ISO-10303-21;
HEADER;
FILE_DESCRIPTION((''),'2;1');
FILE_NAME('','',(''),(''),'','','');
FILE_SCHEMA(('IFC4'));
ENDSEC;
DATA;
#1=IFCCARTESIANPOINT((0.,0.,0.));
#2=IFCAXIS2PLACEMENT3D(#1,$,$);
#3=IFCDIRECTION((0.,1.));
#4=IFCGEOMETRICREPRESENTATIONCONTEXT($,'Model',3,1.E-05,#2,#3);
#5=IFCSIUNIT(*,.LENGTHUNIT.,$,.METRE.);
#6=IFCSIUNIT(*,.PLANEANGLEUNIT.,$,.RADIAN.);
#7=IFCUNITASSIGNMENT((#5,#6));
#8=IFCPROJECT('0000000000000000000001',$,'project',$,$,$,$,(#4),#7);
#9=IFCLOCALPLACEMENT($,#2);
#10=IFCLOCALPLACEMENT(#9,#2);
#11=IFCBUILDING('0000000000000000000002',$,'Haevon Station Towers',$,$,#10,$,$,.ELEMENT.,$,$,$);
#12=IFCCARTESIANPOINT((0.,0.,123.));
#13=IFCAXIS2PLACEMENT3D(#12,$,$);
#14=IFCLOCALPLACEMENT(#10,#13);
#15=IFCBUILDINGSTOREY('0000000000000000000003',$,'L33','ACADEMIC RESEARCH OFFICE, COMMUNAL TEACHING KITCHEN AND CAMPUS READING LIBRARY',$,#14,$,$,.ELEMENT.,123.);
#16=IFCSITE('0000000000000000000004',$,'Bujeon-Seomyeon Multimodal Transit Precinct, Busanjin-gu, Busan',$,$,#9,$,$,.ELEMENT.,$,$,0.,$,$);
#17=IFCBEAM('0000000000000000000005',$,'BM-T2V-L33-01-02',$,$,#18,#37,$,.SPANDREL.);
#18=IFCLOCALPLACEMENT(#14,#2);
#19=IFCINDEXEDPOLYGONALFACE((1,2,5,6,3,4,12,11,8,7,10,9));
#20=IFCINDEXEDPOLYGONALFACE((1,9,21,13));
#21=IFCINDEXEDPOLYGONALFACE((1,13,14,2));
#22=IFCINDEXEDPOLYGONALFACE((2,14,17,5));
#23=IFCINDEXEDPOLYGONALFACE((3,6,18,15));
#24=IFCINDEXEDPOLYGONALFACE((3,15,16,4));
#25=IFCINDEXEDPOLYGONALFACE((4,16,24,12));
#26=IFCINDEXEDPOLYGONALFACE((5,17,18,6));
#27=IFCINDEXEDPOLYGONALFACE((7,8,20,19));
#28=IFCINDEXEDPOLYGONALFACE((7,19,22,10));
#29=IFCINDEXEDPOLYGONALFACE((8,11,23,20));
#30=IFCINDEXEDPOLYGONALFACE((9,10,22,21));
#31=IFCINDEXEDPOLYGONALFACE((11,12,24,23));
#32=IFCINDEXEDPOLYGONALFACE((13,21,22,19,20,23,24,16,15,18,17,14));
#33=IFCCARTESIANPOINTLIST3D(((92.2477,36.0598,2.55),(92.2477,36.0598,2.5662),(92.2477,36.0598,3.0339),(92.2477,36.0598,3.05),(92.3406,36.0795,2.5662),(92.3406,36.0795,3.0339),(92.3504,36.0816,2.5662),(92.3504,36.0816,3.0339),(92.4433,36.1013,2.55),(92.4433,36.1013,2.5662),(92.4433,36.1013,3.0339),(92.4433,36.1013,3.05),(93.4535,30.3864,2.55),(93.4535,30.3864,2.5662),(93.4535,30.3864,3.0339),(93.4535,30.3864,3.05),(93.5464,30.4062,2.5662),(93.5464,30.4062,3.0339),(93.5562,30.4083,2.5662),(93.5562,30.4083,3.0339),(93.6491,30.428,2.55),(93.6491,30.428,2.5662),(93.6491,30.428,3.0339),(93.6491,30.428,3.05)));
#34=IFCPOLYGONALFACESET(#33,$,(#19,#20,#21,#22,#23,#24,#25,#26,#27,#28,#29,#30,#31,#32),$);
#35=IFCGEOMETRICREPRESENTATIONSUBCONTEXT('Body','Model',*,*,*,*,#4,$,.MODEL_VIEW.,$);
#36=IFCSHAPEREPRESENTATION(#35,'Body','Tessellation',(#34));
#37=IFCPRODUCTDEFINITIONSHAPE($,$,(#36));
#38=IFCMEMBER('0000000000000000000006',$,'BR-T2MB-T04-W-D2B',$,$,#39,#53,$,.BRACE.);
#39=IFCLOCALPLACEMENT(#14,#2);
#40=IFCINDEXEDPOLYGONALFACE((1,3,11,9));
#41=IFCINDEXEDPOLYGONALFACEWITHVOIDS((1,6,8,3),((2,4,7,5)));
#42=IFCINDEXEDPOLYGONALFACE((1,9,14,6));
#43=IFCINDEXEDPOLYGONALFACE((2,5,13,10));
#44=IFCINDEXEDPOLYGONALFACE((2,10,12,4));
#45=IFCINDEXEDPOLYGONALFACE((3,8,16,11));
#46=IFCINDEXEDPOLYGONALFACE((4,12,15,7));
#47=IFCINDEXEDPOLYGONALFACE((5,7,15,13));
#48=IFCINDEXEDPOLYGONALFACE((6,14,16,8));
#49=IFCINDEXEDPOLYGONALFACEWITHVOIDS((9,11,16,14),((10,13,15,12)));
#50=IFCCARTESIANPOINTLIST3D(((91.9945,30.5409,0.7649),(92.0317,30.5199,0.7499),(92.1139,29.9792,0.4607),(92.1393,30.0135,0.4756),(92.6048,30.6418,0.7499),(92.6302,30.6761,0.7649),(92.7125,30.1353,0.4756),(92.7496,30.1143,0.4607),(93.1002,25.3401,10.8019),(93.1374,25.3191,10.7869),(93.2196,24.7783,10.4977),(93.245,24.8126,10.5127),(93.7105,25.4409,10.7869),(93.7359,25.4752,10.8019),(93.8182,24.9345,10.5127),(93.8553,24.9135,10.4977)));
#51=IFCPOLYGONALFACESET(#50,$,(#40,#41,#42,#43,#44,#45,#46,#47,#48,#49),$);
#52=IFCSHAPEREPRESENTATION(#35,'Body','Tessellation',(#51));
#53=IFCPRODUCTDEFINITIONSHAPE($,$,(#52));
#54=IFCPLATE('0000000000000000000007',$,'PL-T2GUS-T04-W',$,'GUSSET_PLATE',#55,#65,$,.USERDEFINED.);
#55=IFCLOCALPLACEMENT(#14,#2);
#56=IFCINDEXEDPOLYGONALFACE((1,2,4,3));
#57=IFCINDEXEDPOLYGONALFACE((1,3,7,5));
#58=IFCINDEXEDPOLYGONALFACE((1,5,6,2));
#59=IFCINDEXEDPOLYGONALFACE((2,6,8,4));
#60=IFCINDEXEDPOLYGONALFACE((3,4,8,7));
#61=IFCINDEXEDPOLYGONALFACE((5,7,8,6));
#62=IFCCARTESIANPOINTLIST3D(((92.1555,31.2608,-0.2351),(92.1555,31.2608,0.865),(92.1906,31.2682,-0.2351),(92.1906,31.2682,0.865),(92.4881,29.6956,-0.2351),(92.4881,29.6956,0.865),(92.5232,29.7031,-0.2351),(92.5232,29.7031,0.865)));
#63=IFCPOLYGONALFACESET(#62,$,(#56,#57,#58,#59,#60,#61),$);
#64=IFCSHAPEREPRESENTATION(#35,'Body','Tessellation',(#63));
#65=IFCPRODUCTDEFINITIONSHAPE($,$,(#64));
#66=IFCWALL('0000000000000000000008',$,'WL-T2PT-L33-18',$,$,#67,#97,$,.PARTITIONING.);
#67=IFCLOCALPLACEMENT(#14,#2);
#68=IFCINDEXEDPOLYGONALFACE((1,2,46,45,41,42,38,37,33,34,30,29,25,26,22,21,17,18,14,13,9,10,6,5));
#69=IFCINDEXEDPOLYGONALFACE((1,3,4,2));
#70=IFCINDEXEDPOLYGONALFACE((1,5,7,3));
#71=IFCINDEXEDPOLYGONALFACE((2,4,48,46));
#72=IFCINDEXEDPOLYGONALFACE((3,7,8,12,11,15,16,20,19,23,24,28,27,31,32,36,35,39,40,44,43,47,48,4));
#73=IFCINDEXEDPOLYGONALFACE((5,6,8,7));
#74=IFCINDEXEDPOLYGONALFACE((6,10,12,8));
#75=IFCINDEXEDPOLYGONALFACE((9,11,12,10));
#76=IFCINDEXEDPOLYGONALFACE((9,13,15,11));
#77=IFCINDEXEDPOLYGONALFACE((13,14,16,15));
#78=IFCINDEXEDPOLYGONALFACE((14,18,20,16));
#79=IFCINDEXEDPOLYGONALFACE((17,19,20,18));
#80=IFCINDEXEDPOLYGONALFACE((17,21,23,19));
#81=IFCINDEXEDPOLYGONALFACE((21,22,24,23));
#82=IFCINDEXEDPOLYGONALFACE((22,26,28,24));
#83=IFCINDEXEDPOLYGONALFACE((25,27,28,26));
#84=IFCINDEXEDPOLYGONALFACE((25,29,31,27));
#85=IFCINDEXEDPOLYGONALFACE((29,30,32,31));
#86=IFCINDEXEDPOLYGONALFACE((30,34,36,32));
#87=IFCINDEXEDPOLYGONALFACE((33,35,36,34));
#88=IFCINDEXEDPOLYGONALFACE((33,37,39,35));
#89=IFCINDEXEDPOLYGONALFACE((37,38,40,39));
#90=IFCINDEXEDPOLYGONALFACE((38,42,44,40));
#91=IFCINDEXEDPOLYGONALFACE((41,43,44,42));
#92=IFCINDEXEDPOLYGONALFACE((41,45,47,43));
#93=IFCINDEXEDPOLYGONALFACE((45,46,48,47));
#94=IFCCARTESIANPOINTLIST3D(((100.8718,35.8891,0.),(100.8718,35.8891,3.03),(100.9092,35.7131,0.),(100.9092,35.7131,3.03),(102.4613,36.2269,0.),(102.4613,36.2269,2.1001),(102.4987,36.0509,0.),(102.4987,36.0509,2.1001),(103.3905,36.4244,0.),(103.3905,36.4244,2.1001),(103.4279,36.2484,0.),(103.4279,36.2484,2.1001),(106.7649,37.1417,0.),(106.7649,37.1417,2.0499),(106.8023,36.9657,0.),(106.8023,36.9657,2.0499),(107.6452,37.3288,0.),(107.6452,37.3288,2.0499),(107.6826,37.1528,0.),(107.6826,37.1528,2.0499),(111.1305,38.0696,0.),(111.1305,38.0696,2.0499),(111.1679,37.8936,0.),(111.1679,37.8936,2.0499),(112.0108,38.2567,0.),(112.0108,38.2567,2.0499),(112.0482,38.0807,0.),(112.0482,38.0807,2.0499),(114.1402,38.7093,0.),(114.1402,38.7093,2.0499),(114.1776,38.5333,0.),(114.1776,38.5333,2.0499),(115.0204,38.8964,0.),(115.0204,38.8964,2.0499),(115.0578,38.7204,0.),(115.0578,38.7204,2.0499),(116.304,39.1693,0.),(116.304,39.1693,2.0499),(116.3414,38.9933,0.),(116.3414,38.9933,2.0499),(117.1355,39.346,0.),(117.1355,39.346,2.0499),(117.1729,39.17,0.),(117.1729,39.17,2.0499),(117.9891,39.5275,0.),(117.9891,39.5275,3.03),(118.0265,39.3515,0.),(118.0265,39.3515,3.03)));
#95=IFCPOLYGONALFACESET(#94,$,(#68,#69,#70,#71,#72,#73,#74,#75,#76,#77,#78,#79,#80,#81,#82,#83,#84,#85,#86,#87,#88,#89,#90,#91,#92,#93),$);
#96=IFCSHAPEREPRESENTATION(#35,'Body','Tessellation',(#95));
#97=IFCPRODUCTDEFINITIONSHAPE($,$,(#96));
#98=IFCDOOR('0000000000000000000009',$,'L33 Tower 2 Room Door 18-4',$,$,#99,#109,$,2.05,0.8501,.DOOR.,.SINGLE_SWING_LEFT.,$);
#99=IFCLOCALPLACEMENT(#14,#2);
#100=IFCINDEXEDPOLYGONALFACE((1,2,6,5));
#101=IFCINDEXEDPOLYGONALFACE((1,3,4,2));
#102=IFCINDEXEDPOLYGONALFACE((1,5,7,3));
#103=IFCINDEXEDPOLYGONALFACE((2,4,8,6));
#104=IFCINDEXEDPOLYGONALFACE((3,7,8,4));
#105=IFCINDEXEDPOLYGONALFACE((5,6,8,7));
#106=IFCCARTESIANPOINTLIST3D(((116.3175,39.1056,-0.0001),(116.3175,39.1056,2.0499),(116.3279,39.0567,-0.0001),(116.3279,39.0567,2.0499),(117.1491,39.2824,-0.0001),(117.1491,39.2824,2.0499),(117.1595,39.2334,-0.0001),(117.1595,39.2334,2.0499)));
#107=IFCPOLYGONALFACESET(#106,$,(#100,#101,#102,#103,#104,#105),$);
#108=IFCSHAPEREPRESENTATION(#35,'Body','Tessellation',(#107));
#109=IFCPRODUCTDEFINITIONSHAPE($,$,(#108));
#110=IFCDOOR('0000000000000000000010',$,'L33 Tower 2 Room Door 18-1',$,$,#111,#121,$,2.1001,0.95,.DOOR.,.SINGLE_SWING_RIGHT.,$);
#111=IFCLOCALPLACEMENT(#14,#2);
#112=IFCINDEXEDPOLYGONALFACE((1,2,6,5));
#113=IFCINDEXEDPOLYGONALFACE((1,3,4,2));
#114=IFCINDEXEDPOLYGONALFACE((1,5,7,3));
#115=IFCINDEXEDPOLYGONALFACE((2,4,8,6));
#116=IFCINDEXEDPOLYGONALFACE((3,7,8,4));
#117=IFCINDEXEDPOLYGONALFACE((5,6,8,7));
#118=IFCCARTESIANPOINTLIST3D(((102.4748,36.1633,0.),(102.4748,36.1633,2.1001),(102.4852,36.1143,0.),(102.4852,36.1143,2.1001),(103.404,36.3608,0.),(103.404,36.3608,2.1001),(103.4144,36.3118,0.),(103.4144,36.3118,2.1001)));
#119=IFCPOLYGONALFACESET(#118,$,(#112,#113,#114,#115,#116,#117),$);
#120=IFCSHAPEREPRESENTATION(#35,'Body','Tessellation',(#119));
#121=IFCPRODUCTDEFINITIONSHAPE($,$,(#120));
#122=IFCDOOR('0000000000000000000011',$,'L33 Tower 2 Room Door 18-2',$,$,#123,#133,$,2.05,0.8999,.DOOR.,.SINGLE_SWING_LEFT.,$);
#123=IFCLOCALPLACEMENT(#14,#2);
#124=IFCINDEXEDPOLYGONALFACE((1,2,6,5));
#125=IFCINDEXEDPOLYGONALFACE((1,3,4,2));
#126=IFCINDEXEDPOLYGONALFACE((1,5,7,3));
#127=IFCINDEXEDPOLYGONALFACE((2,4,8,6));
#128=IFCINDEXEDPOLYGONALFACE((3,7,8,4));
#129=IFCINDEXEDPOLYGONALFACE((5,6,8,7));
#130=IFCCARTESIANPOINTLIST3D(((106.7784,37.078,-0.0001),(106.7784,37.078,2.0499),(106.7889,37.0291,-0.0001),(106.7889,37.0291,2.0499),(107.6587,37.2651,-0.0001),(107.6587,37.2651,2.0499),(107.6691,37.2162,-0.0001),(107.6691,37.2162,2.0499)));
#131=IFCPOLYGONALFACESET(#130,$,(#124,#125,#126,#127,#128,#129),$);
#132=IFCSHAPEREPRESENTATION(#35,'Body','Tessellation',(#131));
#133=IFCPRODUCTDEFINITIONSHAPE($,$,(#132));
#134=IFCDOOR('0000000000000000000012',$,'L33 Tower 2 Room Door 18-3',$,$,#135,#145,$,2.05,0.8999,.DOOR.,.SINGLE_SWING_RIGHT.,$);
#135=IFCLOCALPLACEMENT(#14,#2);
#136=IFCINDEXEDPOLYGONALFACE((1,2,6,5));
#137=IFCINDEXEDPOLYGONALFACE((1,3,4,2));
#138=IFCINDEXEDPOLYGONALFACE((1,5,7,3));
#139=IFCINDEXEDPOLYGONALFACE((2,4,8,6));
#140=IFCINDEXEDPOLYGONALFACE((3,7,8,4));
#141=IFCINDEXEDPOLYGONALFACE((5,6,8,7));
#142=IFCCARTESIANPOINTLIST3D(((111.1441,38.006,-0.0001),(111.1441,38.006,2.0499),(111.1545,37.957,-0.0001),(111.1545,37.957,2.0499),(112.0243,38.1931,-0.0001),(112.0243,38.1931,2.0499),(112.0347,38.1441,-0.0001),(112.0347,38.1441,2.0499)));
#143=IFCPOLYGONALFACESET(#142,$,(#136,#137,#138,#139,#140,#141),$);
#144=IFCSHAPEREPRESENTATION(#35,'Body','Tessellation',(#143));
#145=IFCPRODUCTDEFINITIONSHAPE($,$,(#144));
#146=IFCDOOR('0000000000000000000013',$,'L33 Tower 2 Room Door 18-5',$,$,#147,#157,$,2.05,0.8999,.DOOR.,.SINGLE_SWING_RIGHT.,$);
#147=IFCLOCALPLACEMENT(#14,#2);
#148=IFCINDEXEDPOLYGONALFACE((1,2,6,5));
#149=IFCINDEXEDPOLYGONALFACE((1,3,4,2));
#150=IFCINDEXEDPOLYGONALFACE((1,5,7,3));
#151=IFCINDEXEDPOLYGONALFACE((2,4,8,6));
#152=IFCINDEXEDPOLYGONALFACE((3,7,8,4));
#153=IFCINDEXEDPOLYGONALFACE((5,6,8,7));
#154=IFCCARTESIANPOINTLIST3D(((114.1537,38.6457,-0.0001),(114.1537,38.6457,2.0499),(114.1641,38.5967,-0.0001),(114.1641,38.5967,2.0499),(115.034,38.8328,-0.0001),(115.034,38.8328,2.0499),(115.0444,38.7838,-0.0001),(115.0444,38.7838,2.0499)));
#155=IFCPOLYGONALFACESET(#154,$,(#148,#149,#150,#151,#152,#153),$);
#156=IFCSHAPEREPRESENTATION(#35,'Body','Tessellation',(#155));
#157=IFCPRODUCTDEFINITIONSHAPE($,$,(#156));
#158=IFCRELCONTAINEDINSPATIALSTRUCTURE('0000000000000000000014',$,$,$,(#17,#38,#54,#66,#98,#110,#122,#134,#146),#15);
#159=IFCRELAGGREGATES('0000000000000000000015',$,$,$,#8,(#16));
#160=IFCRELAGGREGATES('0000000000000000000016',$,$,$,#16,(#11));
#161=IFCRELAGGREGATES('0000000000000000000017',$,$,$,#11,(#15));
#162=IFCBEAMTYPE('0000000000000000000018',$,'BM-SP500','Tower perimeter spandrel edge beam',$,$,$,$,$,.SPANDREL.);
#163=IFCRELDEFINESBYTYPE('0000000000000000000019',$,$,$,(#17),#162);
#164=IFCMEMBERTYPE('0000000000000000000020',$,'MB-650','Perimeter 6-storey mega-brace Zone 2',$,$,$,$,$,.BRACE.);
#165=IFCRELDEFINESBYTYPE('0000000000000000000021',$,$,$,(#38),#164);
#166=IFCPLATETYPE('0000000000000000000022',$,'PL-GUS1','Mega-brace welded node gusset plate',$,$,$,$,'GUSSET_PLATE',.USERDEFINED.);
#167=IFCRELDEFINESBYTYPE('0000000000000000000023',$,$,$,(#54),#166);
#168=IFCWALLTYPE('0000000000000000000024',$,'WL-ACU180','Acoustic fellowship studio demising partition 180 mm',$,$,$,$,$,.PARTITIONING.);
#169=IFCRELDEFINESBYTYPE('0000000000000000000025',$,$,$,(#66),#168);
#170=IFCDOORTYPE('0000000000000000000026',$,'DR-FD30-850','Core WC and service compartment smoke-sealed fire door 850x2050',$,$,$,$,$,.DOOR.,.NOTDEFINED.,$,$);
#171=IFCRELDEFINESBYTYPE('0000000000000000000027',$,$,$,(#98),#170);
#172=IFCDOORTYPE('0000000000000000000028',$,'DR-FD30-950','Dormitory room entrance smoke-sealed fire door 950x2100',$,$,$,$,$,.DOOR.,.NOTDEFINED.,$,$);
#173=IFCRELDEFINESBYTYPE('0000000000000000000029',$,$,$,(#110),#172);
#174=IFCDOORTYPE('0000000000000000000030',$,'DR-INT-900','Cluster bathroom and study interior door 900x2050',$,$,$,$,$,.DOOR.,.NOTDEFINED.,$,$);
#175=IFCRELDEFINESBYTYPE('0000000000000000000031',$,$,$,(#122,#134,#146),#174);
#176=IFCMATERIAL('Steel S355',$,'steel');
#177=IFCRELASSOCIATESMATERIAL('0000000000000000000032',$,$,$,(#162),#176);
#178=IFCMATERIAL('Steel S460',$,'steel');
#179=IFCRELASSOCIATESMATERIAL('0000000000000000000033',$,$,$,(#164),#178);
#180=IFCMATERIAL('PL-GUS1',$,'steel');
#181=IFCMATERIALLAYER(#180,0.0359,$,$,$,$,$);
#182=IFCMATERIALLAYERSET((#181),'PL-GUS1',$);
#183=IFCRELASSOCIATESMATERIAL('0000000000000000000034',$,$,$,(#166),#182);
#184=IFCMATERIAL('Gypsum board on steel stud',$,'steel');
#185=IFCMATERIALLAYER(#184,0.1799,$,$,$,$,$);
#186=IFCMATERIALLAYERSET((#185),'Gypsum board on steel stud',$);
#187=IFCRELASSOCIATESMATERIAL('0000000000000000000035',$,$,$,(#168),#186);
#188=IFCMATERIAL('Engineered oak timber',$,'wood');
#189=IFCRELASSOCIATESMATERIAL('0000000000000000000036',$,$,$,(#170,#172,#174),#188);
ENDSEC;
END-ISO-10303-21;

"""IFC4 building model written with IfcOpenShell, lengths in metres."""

from ifc_helpers import new_model, si_unit, direction, frame, frame_2d, origin, origin_2d, place, context, subcontext, project, spatial, rectangle, hollow_rectangle, i_section, extrude, material, layer, layer_set, material_profile, profile_set, type_object, element, fill, save


model = new_model("IFC4")

# Units and contexts
model_context = context("Model", 3, precision=1e-05, world=origin(), true_north=direction((0.0, 1.0)))
body_context = subcontext(model_context, "Body", "Model", "MODEL_VIEW")
ifc_project = project(units=[si_unit("LENGTHUNIT", "METRE"), si_unit("PLANEANGLEUNIT", "RADIAN")], contexts=[model_context])

# Site, building, storey
site_placement = place(None, origin())
site = spatial("IfcSite", under=ifc_project, at=site_placement, Name="Bujeon-Seomyeon Multimodal Transit Precinct, Busanjin-gu, Busan", CompositionType="ELEMENT", RefElevation=0.0)
building_placement = place(site_placement, origin())
building = spatial("IfcBuilding", under=site, at=building_placement, Name="Haevon Station Towers", CompositionType="ELEMENT")
storey_placement = place(building_placement, frame((0.0, 0.0, 123.0)))
storey = spatial("IfcBuildingStorey", under=building, at=storey_placement, Name="L33", Description="ACADEMIC RESEARCH OFFICE, COMMUNAL TEACHING KITCHEN AND CAMPUS READING LIBRARY", CompositionType="ELEMENT", Elevation=123.0)

# Shared definitions
ifc_material_1 = material(Name="Steel S460", Category="steel")

# Beam
ifc_material_2 = material(Name="Steel S355", Category="steel")
ifc_material_profile_1 = material_profile(ifc_material_2, i_section(OverallWidth=0.2, OverallDepth=0.5, WebThickness=0.01, FlangeThickness=0.0161, at=origin_2d()), Name="H-500x200x10x16")
ifc_profile_set_1 = profile_set([ifc_material_profile_1], Name="Steel S355")
beam_type_1 = type_object("IfcBeamType", Name="BM-SP500", Description="Tower perimeter spandrel edge beam", PredefinedType="SPANDREL", material=ifc_profile_set_1)
beam_1_placement = place(storey_placement, frame((93.5513, 30.4072, 2.8), z_axis=(-0.207896, 0.978151, 0.0), x_axis=(-0.978151, -0.207896, 0.0)))
element("IfcBeam", 1, at=beam_1_placement, inside=storey, type_object=beam_type_1, Name="BM-T2V-L33-01-02", PredefinedType="SPANDREL", context=body_context, shape_type="SweptSolid", body=[
    extrude(i_section(OverallWidth=0.2, OverallDepth=0.5, WebThickness=0.01, FlangeThickness=0.0161, at=origin_2d()), origin(), (0.0, 0.0, 1.0), 5.8),
])

# Member
ifc_material_profile_2 = material_profile(ifc_material_1, hollow_rectangle(XDim=0.6499, YDim=0.6499, WallThickness=0.032, at=origin_2d()), Name="RHS-650x650x32")
ifc_profile_set_2 = profile_set([ifc_material_profile_2], Name="Steel S460")
member_type = type_object("IfcMemberType", Name="MB-650", Description="Perimeter 6-storey mega-brace Zone 2", PredefinedType="BRACE", material=ifc_profile_set_2)
member_placement = place(storey_placement, frame((92.3721, 30.3276, 0.6128), z_axis=(0.097347, -0.457888, 0.883664), x_axis=(0.978139, 0.207952, 0.0)))
element("IfcMember", 2, at=member_placement, inside=storey, type_object=member_type, Name="BR-T2MB-T04-W-D2B", PredefinedType="BRACE", context=body_context, shape_type="SweptSolid", body=[
    extrude(hollow_rectangle(XDim=0.6499, YDim=0.6499, WallThickness=0.032, at=origin_2d()), origin(), (0.0, 0.0, 1.0), 11.3584),
])

# Plate
ifc_material_3 = material(Name="PL-GUS1", Category="steel")
ifc_layer_1 = layer(ifc_material_3, 0.0359)
ifc_layer_set_1 = layer_set([ifc_layer_1], Name="PL-GUS1")
plate_type = type_object("IfcPlateType", Name="PL-GUS1", Description="Mega-brace welded node gusset plate", ElementType="GUSSET_PLATE", PredefinedType="USERDEFINED", material=ifc_layer_set_1)
plate_placement = place(storey_placement, frame((92.3394, 30.4819, -0.2351), z_axis=(0.0, 0.0, 1.0), x_axis=(-0.207912, 0.978148, 0.0)))
element("IfcPlate", 3, at=plate_placement, inside=storey, type_object=plate_type, Name="PL-T2GUS-T04-W", ObjectType="GUSSET_PLATE", PredefinedType="USERDEFINED", context=body_context, shape_type="SweptSolid", body=[
    extrude(rectangle(XDim=1.6001, YDim=0.0359, at=origin_2d()), origin(), (0.0, 0.0, 1.0), 1.1001),
])

# Wall, openings, doors
ifc_material_4 = material(Name="Gypsum board on steel stud", Category="steel")
ifc_layer_2 = layer(ifc_material_4, 0.1799)
ifc_layer_set_2 = layer_set([ifc_layer_2], Name="Gypsum board on steel stud")
wall_type = type_object("IfcWallType", Name="WL-ACU180", Description="Acoustic fellowship studio demising partition 180 mm", PredefinedType="PARTITIONING", material=ifc_layer_set_2)
wall_placement = place(storey_placement, frame((100.8904, 35.801, 0.0), z_axis=(0.0, 0.0, 1.0), x_axis=(0.978148, 0.207912, 0.0)))
wall = element("IfcWall", 4, at=wall_placement, inside=storey, type_object=wall_type, Name="WL-T2PT-L33-18", PredefinedType="PARTITIONING", context=body_context, shape_type="SweptSolid", body=[
    extrude(rectangle(XDim=17.4998, YDim=0.1799, at=frame_2d((8.75, 0.0))), origin(), (0.0, 0.0, 1.0), 3.03),
])
opening_1_placement = place(wall_placement, frame((1.625, 0.0, 0.0)))
opening_1 = element("IfcOpeningElement", 5, at=opening_1_placement, cuts=wall, PredefinedType="OPENING", context=body_context, shape_type="SweptSolid", body=[
    extrude(rectangle(XDim=0.95, YDim=2.1001, at=frame_2d((0.4751, 1.05))), frame((0.0, 0.0999, 0.0), z_axis=(0.0, -1.0, 0.0), x_axis=(1.0, 0.0, 0.0)), (0.0, 0.0, 1.0), 0.2),
])
opening_2_placement = place(wall_placement, frame((6.0249, 0.0, 0.0)))
opening_2 = element("IfcOpeningElement", 6, at=opening_2_placement, cuts=wall, PredefinedType="OPENING", context=body_context, shape_type="SweptSolid", body=[
    extrude(rectangle(XDim=0.8999, YDim=2.05, at=frame_2d((0.45, 1.0249))), frame((0.0, 0.0999, 0.0), z_axis=(0.0, -1.0, 0.0), x_axis=(1.0, 0.0, 0.0)), (0.0, 0.0, 1.0), 0.2),
])
opening_3_placement = place(wall_placement, frame((10.488, 0.0, 0.0)))
opening_3 = element("IfcOpeningElement", 7, at=opening_3_placement, cuts=wall, PredefinedType="OPENING", context=body_context, shape_type="SweptSolid", body=[
    extrude(rectangle(XDim=0.8999, YDim=2.05, at=frame_2d((0.45, 1.0249))), frame((0.0, 0.0999, 0.0), z_axis=(0.0, -1.0, 0.0), x_axis=(1.0, 0.0, 0.0)), (0.0, 0.0, 1.0), 0.2),
])
opening_4_placement = place(wall_placement, frame((15.7771, 0.0, 0.0)))
opening_4 = element("IfcOpeningElement", 8, at=opening_4_placement, cuts=wall, PredefinedType="OPENING", context=body_context, shape_type="SweptSolid", body=[
    extrude(rectangle(XDim=0.8501, YDim=2.05, at=frame_2d((0.425, 1.0249))), frame((0.0, 0.0999, 0.0), z_axis=(0.0, -1.0, 0.0), x_axis=(1.0, 0.0, 0.0)), (0.0, 0.0, 1.0), 0.2),
])
opening_5_placement = place(wall_placement, frame((13.5649, 0.0, 0.0)))
opening_5 = element("IfcOpeningElement", 9, at=opening_5_placement, cuts=wall, PredefinedType="OPENING", context=body_context, shape_type="SweptSolid", body=[
    extrude(rectangle(XDim=0.8999, YDim=2.05, at=frame_2d((0.45, 1.0249))), frame((0.0, 0.0999, 0.0), z_axis=(0.0, -1.0, 0.0), x_axis=(1.0, 0.0, 0.0)), (0.0, 0.0, 1.0), 0.2),
])
ifc_material_5 = material(Name="Engineered oak timber", Category="wood")
door_type_1 = type_object("IfcDoorType", Name="DR-FD30-850", Description="Core WC and service compartment smoke-sealed fire door 850x2050", OperationType="NOTDEFINED", PredefinedType="DOOR", material=ifc_material_5)
door_1_placement = place(opening_4_placement, origin())
door_1 = element("IfcDoor", 10, at=door_1_placement, inside=storey, type_object=door_type_1, Name="L33 Tower 2 Room Door 18-4", OperationType="SINGLE_SWING_LEFT", OverallHeight=2.05, OverallWidth=0.8501, PredefinedType="DOOR", context=body_context, shape_type="SweptSolid", body=[
    extrude(rectangle(XDim=0.8501, YDim=2.05, at=frame_2d((0.425, 1.0249))), frame((0.0, 0.0249, 0.0), z_axis=(0.0, -1.0, 0.0), x_axis=(1.0, 0.0, 0.0)), (0.0, 0.0, 1.0), 0.05),
])
fill(opening_4, door_1)
door_type_2 = type_object("IfcDoorType", Name="DR-FD30-950", Description="Dormitory room entrance smoke-sealed fire door 950x2100", OperationType="NOTDEFINED", PredefinedType="DOOR", material=ifc_material_5)
door_2_placement = place(opening_1_placement, origin())
door_2 = element("IfcDoor", 11, at=door_2_placement, inside=storey, type_object=door_type_2, Name="L33 Tower 2 Room Door 18-1", OperationType="SINGLE_SWING_RIGHT", OverallHeight=2.1001, OverallWidth=0.95, PredefinedType="DOOR", context=body_context, shape_type="SweptSolid", body=[
    extrude(rectangle(XDim=0.95, YDim=2.1001, at=frame_2d((0.4751, 1.05))), frame((0.0, 0.0249, 0.0), z_axis=(0.0, -1.0, 0.0), x_axis=(1.0, 0.0, 0.0)), (0.0, 0.0, 1.0), 0.05),
])
fill(opening_1, door_2)
door_type_3 = type_object("IfcDoorType", Name="DR-INT-900", Description="Cluster bathroom and study interior door 900x2050", OperationType="NOTDEFINED", PredefinedType="DOOR", material=ifc_material_5)
door_3_placement = place(opening_2_placement, origin())
door_3 = element("IfcDoor", 12, at=door_3_placement, inside=storey, type_object=door_type_3, Name="L33 Tower 2 Room Door 18-2", OperationType="SINGLE_SWING_LEFT", OverallHeight=2.05, OverallWidth=0.8999, PredefinedType="DOOR", context=body_context, shape_type="SweptSolid", body=[
    extrude(rectangle(XDim=0.8999, YDim=2.05, at=frame_2d((0.45, 1.0249))), frame((0.0, 0.0249, 0.0), z_axis=(0.0, -1.0, 0.0), x_axis=(1.0, 0.0, 0.0)), (0.0, 0.0, 1.0), 0.05),
])
fill(opening_2, door_3)
door_4_placement = place(opening_3_placement, origin())
door_4 = element("IfcDoor", 13, at=door_4_placement, inside=storey, type_object=door_type_3, Name="L33 Tower 2 Room Door 18-3", OperationType="SINGLE_SWING_RIGHT", OverallHeight=2.05, OverallWidth=0.8999, PredefinedType="DOOR", context=body_context, shape_type="SweptSolid", body=[
    extrude(rectangle(XDim=0.8999, YDim=2.05, at=frame_2d((0.45, 1.0249))), frame((0.0, 0.0249, 0.0), z_axis=(0.0, -1.0, 0.0), x_axis=(1.0, 0.0, 0.0)), (0.0, 0.0, 1.0), 0.05),
])
fill(opening_3, door_4)
door_5_placement = place(opening_5_placement, origin())
door_5 = element("IfcDoor", 14, at=door_5_placement, inside=storey, type_object=door_type_3, Name="L33 Tower 2 Room Door 18-5", OperationType="SINGLE_SWING_RIGHT", OverallHeight=2.05, OverallWidth=0.8999, PredefinedType="DOOR", context=body_context, shape_type="SweptSolid", body=[
    extrude(rectangle(XDim=0.8999, YDim=2.05, at=frame_2d((0.45, 1.0249))), frame((0.0, 0.0249, 0.0), z_axis=(0.0, -1.0, 0.0), x_axis=(1.0, 0.0, 0.0)), (0.0, 0.0, 1.0), 0.05),
])
fill(opening_5, door_5)

save(model, "model.ifc")
